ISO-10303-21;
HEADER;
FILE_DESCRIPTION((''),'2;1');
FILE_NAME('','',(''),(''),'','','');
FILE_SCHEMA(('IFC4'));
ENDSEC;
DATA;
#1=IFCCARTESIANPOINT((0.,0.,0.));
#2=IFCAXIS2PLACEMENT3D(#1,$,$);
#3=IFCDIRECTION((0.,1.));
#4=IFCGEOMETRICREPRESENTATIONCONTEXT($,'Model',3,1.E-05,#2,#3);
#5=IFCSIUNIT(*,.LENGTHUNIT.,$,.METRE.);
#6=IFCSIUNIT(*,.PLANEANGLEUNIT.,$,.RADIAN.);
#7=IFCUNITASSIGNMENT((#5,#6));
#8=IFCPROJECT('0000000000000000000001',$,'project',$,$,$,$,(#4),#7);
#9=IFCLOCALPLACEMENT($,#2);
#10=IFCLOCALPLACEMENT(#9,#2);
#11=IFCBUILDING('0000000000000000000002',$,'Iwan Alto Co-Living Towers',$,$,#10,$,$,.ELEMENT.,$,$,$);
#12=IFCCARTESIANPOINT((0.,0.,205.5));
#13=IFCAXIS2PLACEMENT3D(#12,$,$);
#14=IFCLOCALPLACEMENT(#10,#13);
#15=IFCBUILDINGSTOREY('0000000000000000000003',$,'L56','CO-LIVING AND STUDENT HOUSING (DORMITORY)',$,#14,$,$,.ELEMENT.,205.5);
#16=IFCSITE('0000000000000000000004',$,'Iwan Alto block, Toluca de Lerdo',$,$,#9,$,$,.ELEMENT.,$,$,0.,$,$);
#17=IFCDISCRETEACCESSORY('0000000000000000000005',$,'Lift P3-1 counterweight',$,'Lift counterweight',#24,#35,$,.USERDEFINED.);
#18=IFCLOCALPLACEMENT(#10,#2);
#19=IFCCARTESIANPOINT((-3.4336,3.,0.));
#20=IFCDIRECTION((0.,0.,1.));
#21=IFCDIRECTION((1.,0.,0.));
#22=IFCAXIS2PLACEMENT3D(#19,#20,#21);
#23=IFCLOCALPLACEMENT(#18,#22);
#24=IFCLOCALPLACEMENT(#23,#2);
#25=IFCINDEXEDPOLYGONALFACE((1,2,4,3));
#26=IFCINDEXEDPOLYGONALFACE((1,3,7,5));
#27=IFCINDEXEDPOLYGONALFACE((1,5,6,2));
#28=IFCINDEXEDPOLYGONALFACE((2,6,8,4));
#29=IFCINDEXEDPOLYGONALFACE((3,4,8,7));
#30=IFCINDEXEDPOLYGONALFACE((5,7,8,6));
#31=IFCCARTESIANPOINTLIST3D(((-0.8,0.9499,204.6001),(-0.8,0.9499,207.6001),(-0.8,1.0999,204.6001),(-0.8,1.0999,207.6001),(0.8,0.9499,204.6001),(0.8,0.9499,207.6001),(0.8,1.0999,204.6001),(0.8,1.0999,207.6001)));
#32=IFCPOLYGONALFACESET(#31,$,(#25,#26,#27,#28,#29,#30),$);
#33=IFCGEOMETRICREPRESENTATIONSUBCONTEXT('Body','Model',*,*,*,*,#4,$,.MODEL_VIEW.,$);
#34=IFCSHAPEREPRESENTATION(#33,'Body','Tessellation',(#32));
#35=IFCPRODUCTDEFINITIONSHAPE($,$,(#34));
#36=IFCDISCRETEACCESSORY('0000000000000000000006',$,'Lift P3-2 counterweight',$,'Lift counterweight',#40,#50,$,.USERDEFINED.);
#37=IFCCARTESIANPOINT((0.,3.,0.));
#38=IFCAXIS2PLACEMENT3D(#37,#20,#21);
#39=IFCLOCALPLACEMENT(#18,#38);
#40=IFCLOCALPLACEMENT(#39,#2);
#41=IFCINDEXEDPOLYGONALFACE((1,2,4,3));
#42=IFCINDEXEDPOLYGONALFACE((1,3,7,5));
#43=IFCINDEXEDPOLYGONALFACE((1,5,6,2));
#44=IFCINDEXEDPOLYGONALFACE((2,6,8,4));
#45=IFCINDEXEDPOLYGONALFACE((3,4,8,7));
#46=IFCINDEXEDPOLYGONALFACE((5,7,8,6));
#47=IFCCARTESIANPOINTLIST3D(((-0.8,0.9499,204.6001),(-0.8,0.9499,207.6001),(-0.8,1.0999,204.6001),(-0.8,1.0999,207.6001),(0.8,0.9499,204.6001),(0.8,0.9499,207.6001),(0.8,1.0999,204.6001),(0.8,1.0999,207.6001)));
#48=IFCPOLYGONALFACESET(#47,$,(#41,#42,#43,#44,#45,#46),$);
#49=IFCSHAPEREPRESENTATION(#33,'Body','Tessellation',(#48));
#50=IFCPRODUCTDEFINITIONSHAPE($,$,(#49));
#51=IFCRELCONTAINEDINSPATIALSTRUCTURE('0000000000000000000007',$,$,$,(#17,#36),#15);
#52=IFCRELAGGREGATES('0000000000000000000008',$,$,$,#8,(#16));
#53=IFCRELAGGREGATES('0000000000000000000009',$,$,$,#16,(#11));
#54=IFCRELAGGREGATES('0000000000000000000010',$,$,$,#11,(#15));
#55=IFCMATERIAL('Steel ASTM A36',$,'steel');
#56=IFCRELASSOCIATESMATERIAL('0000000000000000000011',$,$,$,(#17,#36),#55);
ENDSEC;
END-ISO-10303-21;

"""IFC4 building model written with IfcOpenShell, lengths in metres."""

from ifc_helpers import new_model, si_unit, direction, frame, origin, origin_2d, place, context, subcontext, project, spatial, rectangle, extrude, material, element, save


model = new_model("IFC4")

# Units and contexts
model_context = context("Model", 3, precision=1e-05, world=origin(), true_north=direction((0.0, 1.0)))
body_context = subcontext(model_context, "Body", "Model", "MODEL_VIEW")
ifc_project = project(units=[si_unit("LENGTHUNIT", "METRE"), si_unit("PLANEANGLEUNIT", "RADIAN")], contexts=[model_context])

# Site, building, storey
site_placement = place(None, origin())
site = spatial("IfcSite", under=ifc_project, at=site_placement, Name="Iwan Alto block, Toluca de Lerdo", CompositionType="ELEMENT", RefElevation=0.0)
building_placement = place(site_placement, origin())
building = spatial("IfcBuilding", under=site, at=building_placement, Name="Iwan Alto Co-Living Towers", CompositionType="ELEMENT")
storey_placement = place(building_placement, frame((0.0, 0.0, 205.5)))
storey = spatial("IfcBuildingStorey", under=building, at=storey_placement, Name="L56", Description="CO-LIVING AND STUDENT HOUSING (DORMITORY)", CompositionType="ELEMENT", Elevation=205.5)

# Discrete accessories
ifc_material_1 = material(Name="Steel ASTM A36", Category="steel")
placement_1 = place(building_placement, origin())
placement_2 = place(placement_1, frame((-3.4336, 3.0, 0.0), z_axis=(0.0, 0.0, 1.0), x_axis=(1.0, 0.0, 0.0)))
discrete_accessory_1_placement = place(placement_2, origin())
element("IfcDiscreteAccessory", 1, at=discrete_accessory_1_placement, inside=storey, material=ifc_material_1, Name="Lift P3-1 counterweight", ObjectType="Lift counterweight", PredefinedType="USERDEFINED", context=body_context, shape_type="SweptSolid", body=[
    extrude(rectangle(XDim=1.6, YDim=0.15, at=origin_2d()), frame((0.0, 1.0249, 204.6001)), (0.0, 0.0, 1.0), 3.0),
])
placement_3 = place(placement_1, frame((0.0, 3.0, 0.0), z_axis=(0.0, 0.0, 1.0), x_axis=(1.0, 0.0, 0.0)))
discrete_accessory_2_placement = place(placement_3, origin())
element("IfcDiscreteAccessory", 2, at=discrete_accessory_2_placement, inside=storey, material=ifc_material_1, Name="Lift P3-2 counterweight", ObjectType="Lift counterweight", PredefinedType="USERDEFINED", context=body_context, shape_type="SweptSolid", body=[
    extrude(rectangle(XDim=1.6, YDim=0.15, at=origin_2d()), frame((0.0, 1.0249, 204.6001)), (0.0, 0.0, 1.0), 3.0),
])

save(model, "model.ifc")
